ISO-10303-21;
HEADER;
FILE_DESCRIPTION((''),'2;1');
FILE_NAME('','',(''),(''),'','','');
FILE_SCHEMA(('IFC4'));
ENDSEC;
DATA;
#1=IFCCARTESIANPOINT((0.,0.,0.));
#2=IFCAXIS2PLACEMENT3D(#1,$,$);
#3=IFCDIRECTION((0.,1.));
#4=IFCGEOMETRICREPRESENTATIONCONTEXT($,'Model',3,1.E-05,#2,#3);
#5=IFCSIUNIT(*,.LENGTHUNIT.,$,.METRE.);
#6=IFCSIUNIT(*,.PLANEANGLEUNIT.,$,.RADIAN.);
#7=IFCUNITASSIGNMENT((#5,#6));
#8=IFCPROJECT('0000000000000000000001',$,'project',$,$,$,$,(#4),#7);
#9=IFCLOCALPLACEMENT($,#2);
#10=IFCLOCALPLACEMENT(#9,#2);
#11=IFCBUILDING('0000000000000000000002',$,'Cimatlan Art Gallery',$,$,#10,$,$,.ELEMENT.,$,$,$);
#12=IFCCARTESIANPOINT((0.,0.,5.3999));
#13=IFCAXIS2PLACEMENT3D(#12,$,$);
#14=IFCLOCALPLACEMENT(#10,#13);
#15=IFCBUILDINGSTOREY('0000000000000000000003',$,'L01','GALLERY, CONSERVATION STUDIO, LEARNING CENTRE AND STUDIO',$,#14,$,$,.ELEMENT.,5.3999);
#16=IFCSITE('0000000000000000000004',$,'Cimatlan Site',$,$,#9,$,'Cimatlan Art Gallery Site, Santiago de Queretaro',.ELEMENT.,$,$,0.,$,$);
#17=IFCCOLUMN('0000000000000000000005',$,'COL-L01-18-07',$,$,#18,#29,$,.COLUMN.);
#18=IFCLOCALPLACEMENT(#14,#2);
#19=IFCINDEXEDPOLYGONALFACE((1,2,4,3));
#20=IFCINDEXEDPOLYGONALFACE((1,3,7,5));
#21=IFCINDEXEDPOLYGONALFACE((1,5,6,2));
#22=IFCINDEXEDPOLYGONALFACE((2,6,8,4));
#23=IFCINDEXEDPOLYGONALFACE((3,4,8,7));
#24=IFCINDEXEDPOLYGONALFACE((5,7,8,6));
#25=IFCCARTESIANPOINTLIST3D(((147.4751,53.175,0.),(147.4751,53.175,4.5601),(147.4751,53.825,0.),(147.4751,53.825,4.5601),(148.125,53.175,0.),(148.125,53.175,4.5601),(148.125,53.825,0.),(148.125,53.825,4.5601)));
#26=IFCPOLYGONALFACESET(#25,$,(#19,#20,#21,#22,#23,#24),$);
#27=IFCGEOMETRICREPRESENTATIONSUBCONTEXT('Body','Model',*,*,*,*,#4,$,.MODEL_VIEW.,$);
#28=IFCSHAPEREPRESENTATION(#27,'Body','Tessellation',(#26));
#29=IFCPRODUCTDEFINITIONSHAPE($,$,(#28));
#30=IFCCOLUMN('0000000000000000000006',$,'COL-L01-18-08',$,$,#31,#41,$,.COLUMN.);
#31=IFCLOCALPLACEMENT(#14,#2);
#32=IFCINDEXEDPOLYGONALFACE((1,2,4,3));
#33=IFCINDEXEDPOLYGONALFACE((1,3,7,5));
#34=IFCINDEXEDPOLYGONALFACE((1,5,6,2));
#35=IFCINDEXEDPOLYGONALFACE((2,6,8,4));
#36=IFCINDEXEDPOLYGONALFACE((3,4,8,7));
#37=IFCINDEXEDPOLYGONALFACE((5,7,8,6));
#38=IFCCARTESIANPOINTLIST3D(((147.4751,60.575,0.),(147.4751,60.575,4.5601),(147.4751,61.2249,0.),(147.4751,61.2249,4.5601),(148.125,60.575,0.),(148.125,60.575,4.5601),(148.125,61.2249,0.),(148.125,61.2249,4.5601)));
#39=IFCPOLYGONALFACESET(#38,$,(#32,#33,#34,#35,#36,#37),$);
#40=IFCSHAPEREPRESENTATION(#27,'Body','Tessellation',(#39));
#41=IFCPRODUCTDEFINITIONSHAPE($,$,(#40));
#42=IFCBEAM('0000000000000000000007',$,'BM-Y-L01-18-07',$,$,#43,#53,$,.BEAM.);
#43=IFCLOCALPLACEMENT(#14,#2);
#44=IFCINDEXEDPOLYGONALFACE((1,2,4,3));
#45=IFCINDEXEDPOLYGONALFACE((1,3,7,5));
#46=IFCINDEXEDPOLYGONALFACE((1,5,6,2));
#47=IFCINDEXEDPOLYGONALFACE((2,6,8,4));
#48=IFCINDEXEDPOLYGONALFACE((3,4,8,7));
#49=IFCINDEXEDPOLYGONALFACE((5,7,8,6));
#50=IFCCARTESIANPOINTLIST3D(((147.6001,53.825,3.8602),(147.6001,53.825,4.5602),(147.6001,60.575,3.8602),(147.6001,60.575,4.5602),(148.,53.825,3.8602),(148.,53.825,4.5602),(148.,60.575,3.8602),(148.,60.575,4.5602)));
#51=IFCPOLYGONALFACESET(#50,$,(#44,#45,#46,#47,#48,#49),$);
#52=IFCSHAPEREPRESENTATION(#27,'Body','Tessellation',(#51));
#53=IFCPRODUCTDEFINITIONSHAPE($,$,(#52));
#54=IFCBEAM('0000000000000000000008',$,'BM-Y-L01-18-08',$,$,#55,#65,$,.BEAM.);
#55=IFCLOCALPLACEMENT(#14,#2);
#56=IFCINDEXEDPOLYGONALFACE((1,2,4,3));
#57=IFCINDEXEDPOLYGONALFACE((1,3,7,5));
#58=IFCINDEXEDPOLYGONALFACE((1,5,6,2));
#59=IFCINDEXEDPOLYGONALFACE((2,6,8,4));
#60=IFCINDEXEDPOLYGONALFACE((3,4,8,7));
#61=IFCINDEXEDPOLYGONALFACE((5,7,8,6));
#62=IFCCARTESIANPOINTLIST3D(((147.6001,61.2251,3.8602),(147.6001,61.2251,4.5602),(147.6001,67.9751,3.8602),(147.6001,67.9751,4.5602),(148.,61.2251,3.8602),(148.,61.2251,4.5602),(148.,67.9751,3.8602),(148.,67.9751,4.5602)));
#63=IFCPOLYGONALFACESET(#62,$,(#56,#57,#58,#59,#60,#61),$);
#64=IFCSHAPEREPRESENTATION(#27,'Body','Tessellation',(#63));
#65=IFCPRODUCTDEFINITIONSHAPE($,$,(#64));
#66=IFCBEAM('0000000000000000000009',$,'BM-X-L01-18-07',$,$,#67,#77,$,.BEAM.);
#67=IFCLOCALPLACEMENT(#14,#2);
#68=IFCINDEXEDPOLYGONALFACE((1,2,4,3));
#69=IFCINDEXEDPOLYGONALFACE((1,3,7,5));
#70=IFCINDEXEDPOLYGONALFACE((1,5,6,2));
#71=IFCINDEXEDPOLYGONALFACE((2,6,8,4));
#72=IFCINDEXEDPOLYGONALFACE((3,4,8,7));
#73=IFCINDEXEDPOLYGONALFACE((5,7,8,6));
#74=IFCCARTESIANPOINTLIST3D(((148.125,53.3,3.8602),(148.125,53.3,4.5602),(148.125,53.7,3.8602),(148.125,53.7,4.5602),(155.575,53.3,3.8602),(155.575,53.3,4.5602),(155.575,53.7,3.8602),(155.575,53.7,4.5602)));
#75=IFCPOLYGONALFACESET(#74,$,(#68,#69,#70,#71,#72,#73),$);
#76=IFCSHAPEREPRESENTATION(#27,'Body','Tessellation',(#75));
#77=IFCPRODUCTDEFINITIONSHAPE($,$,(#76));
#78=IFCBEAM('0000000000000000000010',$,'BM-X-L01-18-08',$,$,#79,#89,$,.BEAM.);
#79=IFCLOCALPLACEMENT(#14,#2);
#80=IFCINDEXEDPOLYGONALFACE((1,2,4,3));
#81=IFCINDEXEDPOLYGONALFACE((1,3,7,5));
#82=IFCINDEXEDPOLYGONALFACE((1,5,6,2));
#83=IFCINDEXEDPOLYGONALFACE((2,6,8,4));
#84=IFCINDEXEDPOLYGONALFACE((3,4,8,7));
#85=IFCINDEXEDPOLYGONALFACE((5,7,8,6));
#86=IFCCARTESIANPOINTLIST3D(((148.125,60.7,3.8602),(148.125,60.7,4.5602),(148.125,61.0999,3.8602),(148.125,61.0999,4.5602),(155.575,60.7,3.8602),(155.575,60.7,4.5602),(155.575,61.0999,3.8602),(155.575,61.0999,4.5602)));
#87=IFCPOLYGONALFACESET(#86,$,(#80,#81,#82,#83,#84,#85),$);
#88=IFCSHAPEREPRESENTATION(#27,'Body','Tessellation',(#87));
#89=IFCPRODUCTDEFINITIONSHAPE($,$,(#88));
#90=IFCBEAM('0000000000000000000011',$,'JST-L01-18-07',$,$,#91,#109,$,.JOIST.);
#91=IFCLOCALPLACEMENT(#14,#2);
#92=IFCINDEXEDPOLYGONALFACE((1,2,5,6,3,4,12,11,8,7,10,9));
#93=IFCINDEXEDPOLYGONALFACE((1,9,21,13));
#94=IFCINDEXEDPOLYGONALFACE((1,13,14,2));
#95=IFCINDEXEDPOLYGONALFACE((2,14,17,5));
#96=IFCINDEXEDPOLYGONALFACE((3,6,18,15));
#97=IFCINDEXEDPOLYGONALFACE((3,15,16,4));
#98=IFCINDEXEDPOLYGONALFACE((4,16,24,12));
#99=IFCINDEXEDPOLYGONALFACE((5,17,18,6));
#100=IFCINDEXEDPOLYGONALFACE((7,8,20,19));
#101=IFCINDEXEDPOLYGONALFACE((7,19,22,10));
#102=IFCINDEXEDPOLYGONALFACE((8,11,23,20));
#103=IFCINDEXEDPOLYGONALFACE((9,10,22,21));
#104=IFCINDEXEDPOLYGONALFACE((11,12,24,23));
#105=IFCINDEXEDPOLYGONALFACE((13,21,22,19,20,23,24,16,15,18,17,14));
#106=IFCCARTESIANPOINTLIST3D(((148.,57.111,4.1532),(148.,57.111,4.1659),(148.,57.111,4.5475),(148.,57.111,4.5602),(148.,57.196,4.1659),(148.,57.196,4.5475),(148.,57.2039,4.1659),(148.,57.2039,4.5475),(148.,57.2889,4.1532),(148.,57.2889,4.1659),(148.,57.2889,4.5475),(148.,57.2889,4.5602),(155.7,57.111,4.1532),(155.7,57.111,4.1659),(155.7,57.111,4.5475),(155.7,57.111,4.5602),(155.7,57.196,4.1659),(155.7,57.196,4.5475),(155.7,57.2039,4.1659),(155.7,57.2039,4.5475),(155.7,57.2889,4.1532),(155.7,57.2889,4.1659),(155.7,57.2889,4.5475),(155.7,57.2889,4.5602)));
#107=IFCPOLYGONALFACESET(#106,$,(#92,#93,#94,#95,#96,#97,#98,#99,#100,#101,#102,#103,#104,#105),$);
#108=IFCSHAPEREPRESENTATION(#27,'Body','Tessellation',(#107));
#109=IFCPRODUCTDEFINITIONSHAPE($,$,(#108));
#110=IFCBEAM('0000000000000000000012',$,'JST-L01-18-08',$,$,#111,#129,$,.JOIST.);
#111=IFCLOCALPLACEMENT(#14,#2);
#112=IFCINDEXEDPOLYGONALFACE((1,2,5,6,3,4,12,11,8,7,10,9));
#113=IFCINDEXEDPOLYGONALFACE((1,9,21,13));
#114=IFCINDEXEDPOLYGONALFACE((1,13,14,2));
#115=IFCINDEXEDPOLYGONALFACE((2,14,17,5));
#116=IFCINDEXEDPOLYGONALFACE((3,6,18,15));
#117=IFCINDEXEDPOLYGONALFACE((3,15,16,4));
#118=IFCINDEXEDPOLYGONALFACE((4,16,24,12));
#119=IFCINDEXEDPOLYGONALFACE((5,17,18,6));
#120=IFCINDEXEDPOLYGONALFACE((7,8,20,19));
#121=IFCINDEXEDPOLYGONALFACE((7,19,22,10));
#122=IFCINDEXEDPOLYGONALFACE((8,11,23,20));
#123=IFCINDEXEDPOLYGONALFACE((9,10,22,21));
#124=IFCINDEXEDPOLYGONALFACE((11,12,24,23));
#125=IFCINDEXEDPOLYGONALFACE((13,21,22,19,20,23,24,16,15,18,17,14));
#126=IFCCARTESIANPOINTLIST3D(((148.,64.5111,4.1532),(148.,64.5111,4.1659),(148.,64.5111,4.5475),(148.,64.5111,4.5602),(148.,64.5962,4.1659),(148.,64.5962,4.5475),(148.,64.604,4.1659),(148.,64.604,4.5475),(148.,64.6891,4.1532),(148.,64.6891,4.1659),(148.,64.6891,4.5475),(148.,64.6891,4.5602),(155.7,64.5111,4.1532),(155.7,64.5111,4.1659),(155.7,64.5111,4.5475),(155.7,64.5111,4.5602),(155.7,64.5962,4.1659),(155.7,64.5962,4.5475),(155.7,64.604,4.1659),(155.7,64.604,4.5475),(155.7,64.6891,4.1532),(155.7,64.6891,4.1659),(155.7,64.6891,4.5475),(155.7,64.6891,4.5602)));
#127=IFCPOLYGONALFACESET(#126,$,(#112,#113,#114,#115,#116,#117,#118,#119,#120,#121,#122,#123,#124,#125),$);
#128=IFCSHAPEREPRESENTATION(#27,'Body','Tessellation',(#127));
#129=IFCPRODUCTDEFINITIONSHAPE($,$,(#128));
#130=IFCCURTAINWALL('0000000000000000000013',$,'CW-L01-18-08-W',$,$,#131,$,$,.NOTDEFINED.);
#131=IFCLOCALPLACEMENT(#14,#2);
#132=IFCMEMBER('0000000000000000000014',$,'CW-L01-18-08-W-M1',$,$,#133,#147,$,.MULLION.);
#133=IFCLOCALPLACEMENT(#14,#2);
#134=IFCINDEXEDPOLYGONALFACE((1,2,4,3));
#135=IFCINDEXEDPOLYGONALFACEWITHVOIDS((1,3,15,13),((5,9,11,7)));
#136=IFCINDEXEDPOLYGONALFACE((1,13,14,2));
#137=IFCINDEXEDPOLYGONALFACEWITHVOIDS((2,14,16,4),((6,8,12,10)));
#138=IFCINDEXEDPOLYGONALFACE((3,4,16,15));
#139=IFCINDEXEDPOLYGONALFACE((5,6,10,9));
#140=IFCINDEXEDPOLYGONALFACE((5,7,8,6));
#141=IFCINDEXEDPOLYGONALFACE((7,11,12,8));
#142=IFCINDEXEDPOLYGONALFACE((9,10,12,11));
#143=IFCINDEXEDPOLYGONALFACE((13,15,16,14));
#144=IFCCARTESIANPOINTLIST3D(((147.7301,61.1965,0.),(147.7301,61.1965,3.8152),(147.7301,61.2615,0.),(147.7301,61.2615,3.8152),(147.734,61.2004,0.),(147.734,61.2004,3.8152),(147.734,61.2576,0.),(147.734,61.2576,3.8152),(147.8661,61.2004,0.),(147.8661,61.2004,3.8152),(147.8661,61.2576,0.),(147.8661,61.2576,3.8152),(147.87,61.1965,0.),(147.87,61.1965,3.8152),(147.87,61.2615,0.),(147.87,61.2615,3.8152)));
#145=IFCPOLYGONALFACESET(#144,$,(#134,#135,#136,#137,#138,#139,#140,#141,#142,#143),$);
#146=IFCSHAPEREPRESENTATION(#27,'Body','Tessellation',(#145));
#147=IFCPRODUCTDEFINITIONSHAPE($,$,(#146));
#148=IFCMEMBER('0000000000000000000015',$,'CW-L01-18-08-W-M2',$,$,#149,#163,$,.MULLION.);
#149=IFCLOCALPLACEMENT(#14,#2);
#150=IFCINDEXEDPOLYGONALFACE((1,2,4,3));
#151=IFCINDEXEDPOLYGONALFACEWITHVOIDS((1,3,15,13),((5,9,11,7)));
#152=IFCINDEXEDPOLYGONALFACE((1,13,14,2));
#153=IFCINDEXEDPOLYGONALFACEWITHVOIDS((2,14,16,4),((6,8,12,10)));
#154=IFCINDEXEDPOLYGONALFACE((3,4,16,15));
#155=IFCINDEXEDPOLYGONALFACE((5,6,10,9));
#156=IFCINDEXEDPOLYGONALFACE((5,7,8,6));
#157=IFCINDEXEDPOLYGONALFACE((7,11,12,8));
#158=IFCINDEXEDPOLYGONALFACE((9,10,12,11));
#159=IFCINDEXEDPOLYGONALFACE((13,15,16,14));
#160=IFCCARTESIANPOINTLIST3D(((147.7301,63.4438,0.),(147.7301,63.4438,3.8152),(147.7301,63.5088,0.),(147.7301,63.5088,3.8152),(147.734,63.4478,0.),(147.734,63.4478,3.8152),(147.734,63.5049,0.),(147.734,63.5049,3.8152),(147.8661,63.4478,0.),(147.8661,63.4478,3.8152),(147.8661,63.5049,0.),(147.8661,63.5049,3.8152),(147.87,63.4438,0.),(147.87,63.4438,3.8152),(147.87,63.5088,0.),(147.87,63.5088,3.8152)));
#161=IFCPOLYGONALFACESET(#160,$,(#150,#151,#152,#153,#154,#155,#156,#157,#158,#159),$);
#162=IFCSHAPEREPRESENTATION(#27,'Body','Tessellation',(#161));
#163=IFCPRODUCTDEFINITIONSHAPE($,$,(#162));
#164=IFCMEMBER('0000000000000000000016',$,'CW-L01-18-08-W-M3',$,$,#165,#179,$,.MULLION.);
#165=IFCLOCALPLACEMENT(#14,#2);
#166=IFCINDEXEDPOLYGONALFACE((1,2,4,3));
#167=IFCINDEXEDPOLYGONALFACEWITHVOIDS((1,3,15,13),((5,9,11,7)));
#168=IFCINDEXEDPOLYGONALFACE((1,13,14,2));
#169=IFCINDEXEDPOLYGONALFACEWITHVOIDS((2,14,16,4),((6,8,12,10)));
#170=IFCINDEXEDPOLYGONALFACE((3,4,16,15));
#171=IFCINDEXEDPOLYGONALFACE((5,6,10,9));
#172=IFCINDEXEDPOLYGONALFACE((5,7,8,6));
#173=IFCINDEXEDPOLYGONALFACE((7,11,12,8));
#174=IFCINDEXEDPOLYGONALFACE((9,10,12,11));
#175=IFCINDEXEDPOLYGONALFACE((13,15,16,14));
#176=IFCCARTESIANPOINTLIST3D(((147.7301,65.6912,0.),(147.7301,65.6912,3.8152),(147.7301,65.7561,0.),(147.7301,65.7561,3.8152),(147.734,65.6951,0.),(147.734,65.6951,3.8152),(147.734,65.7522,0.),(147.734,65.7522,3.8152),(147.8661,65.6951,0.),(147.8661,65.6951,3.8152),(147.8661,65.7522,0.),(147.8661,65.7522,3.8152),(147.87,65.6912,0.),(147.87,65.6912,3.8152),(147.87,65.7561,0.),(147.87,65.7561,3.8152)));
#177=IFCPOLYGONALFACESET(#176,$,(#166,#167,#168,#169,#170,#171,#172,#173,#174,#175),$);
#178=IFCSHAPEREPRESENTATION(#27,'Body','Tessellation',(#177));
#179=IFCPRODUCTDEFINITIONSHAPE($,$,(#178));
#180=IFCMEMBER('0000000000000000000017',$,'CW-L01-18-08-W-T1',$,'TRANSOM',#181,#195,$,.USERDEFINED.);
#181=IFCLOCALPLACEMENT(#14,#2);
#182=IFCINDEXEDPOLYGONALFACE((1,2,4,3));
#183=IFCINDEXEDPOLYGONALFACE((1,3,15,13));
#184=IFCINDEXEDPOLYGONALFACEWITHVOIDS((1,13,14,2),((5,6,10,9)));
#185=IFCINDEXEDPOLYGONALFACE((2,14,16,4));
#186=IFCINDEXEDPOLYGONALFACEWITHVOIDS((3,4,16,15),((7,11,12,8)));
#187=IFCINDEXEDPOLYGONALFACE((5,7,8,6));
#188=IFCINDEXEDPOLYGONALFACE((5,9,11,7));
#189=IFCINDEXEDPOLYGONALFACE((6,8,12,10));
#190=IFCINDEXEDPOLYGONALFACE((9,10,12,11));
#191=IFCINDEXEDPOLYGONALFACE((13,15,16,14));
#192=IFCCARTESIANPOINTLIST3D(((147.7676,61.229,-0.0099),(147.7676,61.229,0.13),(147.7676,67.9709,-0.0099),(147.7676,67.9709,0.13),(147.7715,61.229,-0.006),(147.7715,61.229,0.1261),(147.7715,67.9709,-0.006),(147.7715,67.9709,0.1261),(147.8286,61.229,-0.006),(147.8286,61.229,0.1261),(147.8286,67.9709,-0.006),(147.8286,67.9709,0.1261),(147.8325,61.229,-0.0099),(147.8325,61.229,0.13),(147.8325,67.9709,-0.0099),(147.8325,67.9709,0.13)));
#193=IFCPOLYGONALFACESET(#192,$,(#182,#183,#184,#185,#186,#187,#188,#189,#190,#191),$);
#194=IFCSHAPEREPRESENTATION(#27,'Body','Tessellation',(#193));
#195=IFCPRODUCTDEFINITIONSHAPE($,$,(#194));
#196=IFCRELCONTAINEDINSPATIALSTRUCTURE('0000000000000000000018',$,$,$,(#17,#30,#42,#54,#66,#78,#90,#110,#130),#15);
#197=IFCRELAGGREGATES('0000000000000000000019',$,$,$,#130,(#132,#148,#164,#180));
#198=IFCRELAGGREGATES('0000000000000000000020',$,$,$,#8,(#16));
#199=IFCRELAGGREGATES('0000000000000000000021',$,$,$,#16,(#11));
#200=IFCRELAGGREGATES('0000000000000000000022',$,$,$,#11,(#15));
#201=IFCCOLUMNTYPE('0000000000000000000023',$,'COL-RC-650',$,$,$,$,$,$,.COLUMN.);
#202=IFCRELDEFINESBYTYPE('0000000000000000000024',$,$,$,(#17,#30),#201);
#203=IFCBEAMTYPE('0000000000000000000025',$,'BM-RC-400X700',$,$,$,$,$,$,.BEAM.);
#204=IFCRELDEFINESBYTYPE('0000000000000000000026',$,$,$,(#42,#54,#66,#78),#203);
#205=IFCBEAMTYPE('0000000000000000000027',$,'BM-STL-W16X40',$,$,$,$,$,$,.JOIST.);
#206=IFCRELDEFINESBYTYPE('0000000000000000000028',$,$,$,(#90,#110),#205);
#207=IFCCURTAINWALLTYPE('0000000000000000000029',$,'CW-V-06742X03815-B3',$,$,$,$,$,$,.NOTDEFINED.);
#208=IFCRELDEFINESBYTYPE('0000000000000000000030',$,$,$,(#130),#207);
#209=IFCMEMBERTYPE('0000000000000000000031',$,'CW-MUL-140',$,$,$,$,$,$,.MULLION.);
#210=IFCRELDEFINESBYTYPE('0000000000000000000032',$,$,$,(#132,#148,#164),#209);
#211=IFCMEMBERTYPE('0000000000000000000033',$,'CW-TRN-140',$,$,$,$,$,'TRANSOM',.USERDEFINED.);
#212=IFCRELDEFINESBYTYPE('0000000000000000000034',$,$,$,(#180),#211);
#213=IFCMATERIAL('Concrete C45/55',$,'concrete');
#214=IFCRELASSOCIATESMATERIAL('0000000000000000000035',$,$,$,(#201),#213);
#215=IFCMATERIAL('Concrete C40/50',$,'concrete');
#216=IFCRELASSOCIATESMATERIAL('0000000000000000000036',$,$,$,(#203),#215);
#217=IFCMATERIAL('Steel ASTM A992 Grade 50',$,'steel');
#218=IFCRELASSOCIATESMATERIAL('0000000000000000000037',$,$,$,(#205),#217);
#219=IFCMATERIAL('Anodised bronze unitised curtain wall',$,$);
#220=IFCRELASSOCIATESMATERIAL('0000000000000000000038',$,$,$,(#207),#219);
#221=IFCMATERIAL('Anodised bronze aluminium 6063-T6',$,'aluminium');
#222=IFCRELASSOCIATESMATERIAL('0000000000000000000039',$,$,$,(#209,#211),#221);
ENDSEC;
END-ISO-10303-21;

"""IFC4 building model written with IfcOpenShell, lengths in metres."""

from ifc_helpers import new_model, si_unit, direction, frame, origin, origin_2d, place, context, subcontext, project, spatial, rectangle, hollow_rectangle, i_section, extrude, material, material_profile, profile_set, type_object, element, aggregate, save


model = new_model("IFC4")

# Units and contexts
model_context = context("Model", 3, precision=1e-05, world=origin(), true_north=direction((0.0, 1.0)))
body_context = subcontext(model_context, "Body", "Model", "MODEL_VIEW")
ifc_project = project(units=[si_unit("LENGTHUNIT", "METRE"), si_unit("PLANEANGLEUNIT", "RADIAN")], contexts=[model_context])

# Site, building, storey
site_placement = place(None, origin())
site = spatial("IfcSite", under=ifc_project, at=site_placement, Name="Cimatlan Site", LongName="Cimatlan Art Gallery Site, Santiago de Queretaro", CompositionType="ELEMENT", RefElevation=0.0)
building_placement = place(site_placement, origin())
building = spatial("IfcBuilding", under=site, at=building_placement, Name="Cimatlan Art Gallery", CompositionType="ELEMENT")
storey_placement = place(building_placement, frame((0.0, 0.0, 5.3999)))
storey = spatial("IfcBuildingStorey", under=building, at=storey_placement, Name="L01", Description="GALLERY, CONSERVATION STUDIO, LEARNING CENTRE AND STUDIO", CompositionType="ELEMENT", Elevation=5.3999)

# Columns
ifc_material_1 = material(Name="Concrete C45/55", Category="concrete")
ifc_material_profile_1 = material_profile(ifc_material_1, rectangle(XDim=0.6499, YDim=0.6499, at=origin_2d()), Name="RC650X650")
ifc_profile_set_1 = profile_set([ifc_material_profile_1], Name="Concrete C45/55")
column_type = type_object("IfcColumnType", Name="COL-RC-650", PredefinedType="COLUMN", material=ifc_profile_set_1)
for number, where, z_axis, x_axis, name in (
    (1, (147.8, 53.5, 0.0), (0.0, 0.0, 1.0), (1.0, 0.0, 0.0), "COL-L01-18-07"),
    (2, (147.8, 60.8999, 0.0), (0.0, 0.0, 1.0), (1.0, 0.0, 0.0), "COL-L01-18-08"),
):
    element("IfcColumn", number, at=place(storey_placement, frame(where, z_axis=z_axis, x_axis=x_axis)), inside=storey, type_object=column_type, Name=name, PredefinedType="COLUMN", context=body_context, shape_type="SweptSolid", body=[
        extrude(rectangle(XDim=0.6499, YDim=0.6499, at=origin_2d()), origin(), (0.0, 0.0, 1.0), 4.5601),
    ])

# Beams
ifc_material_2 = material(Name="Concrete C40/50", Category="concrete")
ifc_material_profile_2 = material_profile(ifc_material_2, rectangle(XDim=0.3999, YDim=0.7, at=origin_2d()), Name="RC400X700")
ifc_profile_set_2 = profile_set([ifc_material_profile_2], Name="Concrete C40/50")
beam_type_1 = type_object("IfcBeamType", Name="BM-RC-400X700", PredefinedType="BEAM", material=ifc_profile_set_2)
for number, where, z_axis, x_axis, name in (
    (3, (147.8, 53.825, 4.2102), (0.0, 1.0, 0.0), (-1.0, 0.0, 0.0), "BM-Y-L01-18-07"),
    (4, (147.8, 61.2251, 4.2102), (0.0, 1.0, 0.0), (-1.0, 0.0, 0.0), "BM-Y-L01-18-08"),
):
    element("IfcBeam", number, at=place(storey_placement, frame(where, z_axis=z_axis, x_axis=x_axis)), inside=storey, type_object=beam_type_1, Name=name, PredefinedType="BEAM", context=body_context, shape_type="SweptSolid", body=[
        extrude(rectangle(XDim=0.3999, YDim=0.7, at=origin_2d()), origin(), (0.0, 0.0, 1.0), 6.75),
    ])
for number, where, z_axis, x_axis, name in (
    (5, (148.125, 53.5, 4.2102), (1.0, 0.0, 0.0), (0.0, 1.0, 0.0), "BM-X-L01-18-07"),
    (6, (148.125, 60.8999, 4.2102), (1.0, 0.0, 0.0), (0.0, 1.0, 0.0), "BM-X-L01-18-08"),
):
    element("IfcBeam", number, at=place(storey_placement, frame(where, z_axis=z_axis, x_axis=x_axis)), inside=storey, type_object=beam_type_1, Name=name, PredefinedType="BEAM", context=body_context, shape_type="SweptSolid", body=[
        extrude(rectangle(XDim=0.3999, YDim=0.7, at=origin_2d()), origin(), (0.0, 0.0, 1.0), 7.45),
    ])
ifc_material_3 = material(Name="Steel ASTM A992 Grade 50", Category="steel")
ifc_material_profile_3 = material_profile(ifc_material_3, i_section(OverallWidth=0.178, OverallDepth=0.407, WebThickness=0.0078, FlangeThickness=0.0127, at=origin_2d()), Name="W16X40")
ifc_profile_set_3 = profile_set([ifc_material_profile_3], Name="Steel ASTM A992 Grade 50")
beam_type_2 = type_object("IfcBeamType", Name="BM-STL-W16X40", PredefinedType="JOIST", material=ifc_profile_set_3)
for number, where, z_axis, x_axis, name in (
    (7, (148.0, 57.2, 4.3567), (1.0, 0.0, 0.0), (0.0, 1.0, 0.0), "JST-L01-18-07"),
    (8, (148.0, 64.6001, 4.3567), (1.0, 0.0, 0.0), (0.0, 1.0, 0.0), "JST-L01-18-08"),
):
    element("IfcBeam", number, at=place(storey_placement, frame(where, z_axis=z_axis, x_axis=x_axis)), inside=storey, type_object=beam_type_2, Name=name, PredefinedType="JOIST", context=body_context, shape_type="SweptSolid", body=[
        extrude(i_section(OverallWidth=0.178, OverallDepth=0.407, WebThickness=0.0078, FlangeThickness=0.0127, at=origin_2d()), origin(), (0.0, 0.0, 1.0), 7.7),
    ])

# Curtain wall, members
ifc_material_4 = material(Name="Anodised bronze unitised curtain wall")
curtain_wall_type = type_object("IfcCurtainWallType", Name="CW-V-06742X03815-B3", PredefinedType="NOTDEFINED", material=ifc_material_4)
curtain_wall_placement = place(storey_placement, origin())
curtain_wall = element("IfcCurtainWall", 9, at=curtain_wall_placement, inside=storey, type_object=curtain_wall_type, Name="CW-L01-18-08-W", PredefinedType="NOTDEFINED")
ifc_material_5 = material(Name="Anodised bronze aluminium 6063-T6", Category="aluminium")
ifc_material_profile_4 = material_profile(ifc_material_5, hollow_rectangle(XDim=0.0649, YDim=0.1399, WallThickness=0.0039, at=origin_2d()), Name="ALU65X140X4")
ifc_profile_set_4 = profile_set([ifc_material_profile_4], Name="Anodised bronze aluminium 6063-T6")
member_type_1 = type_object("IfcMemberType", Name="CW-MUL-140", PredefinedType="MULLION", material=ifc_profile_set_4)
member_1_placement = place(storey_placement, frame((147.8, 61.229, 0.0), z_axis=(0.0, 0.0, 1.0), x_axis=(0.0, 1.0, 0.0)))
member_1 = element("IfcMember", 10, at=member_1_placement, type_object=member_type_1, Name="CW-L01-18-08-W-M1", PredefinedType="MULLION", context=body_context, shape_type="SweptSolid", body=[
    extrude(hollow_rectangle(XDim=0.0649, YDim=0.1399, WallThickness=0.0039, at=origin_2d()), origin(), (0.0, 0.0, 1.0), 3.8152),
])
member_2_placement = place(storey_placement, frame((147.8, 63.4763, 0.0), z_axis=(0.0, 0.0, 1.0), x_axis=(0.0, 1.0, 0.0)))
member_2 = element("IfcMember", 11, at=member_2_placement, type_object=member_type_1, Name="CW-L01-18-08-W-M2", PredefinedType="MULLION", context=body_context, shape_type="SweptSolid", body=[
    extrude(hollow_rectangle(XDim=0.0649, YDim=0.1399, WallThickness=0.0039, at=origin_2d()), origin(), (0.0, 0.0, 1.0), 3.8152),
])
member_3_placement = place(storey_placement, frame((147.8, 65.7236, 0.0), z_axis=(0.0, 0.0, 1.0), x_axis=(0.0, 1.0, 0.0)))
member_3 = element("IfcMember", 12, at=member_3_placement, type_object=member_type_1, Name="CW-L01-18-08-W-M3", PredefinedType="MULLION", context=body_context, shape_type="SweptSolid", body=[
    extrude(hollow_rectangle(XDim=0.0649, YDim=0.1399, WallThickness=0.0039, at=origin_2d()), origin(), (0.0, 0.0, 1.0), 3.8152),
])
ifc_material_profile_5 = material_profile(ifc_material_5, hollow_rectangle(XDim=0.0649, YDim=0.1399, WallThickness=0.0039, at=origin_2d()), Name="ALU65X140X4")
ifc_profile_set_5 = profile_set([ifc_material_profile_5], Name="Anodised bronze aluminium 6063-T6")
member_type_2 = type_object("IfcMemberType", Name="CW-TRN-140", ElementType="TRANSOM", PredefinedType="USERDEFINED", material=ifc_profile_set_5)
member_4_placement = place(storey_placement, frame((147.8, 61.229, 0.0601), z_axis=(0.0, 1.0, 0.0), x_axis=(-1.0, 0.0, 0.0)))
member_4 = element("IfcMember", 13, at=member_4_placement, type_object=member_type_2, Name="CW-L01-18-08-W-T1", ObjectType="TRANSOM", PredefinedType="USERDEFINED", context=body_context, shape_type="SweptSolid", body=[
    extrude(hollow_rectangle(XDim=0.0649, YDim=0.1399, WallThickness=0.0039, at=origin_2d()), origin(), (0.0, 0.0, 1.0), 6.7419),
])
aggregate(curtain_wall, [member_1, member_2, member_3, member_4])

save(model, "model.ifc")
